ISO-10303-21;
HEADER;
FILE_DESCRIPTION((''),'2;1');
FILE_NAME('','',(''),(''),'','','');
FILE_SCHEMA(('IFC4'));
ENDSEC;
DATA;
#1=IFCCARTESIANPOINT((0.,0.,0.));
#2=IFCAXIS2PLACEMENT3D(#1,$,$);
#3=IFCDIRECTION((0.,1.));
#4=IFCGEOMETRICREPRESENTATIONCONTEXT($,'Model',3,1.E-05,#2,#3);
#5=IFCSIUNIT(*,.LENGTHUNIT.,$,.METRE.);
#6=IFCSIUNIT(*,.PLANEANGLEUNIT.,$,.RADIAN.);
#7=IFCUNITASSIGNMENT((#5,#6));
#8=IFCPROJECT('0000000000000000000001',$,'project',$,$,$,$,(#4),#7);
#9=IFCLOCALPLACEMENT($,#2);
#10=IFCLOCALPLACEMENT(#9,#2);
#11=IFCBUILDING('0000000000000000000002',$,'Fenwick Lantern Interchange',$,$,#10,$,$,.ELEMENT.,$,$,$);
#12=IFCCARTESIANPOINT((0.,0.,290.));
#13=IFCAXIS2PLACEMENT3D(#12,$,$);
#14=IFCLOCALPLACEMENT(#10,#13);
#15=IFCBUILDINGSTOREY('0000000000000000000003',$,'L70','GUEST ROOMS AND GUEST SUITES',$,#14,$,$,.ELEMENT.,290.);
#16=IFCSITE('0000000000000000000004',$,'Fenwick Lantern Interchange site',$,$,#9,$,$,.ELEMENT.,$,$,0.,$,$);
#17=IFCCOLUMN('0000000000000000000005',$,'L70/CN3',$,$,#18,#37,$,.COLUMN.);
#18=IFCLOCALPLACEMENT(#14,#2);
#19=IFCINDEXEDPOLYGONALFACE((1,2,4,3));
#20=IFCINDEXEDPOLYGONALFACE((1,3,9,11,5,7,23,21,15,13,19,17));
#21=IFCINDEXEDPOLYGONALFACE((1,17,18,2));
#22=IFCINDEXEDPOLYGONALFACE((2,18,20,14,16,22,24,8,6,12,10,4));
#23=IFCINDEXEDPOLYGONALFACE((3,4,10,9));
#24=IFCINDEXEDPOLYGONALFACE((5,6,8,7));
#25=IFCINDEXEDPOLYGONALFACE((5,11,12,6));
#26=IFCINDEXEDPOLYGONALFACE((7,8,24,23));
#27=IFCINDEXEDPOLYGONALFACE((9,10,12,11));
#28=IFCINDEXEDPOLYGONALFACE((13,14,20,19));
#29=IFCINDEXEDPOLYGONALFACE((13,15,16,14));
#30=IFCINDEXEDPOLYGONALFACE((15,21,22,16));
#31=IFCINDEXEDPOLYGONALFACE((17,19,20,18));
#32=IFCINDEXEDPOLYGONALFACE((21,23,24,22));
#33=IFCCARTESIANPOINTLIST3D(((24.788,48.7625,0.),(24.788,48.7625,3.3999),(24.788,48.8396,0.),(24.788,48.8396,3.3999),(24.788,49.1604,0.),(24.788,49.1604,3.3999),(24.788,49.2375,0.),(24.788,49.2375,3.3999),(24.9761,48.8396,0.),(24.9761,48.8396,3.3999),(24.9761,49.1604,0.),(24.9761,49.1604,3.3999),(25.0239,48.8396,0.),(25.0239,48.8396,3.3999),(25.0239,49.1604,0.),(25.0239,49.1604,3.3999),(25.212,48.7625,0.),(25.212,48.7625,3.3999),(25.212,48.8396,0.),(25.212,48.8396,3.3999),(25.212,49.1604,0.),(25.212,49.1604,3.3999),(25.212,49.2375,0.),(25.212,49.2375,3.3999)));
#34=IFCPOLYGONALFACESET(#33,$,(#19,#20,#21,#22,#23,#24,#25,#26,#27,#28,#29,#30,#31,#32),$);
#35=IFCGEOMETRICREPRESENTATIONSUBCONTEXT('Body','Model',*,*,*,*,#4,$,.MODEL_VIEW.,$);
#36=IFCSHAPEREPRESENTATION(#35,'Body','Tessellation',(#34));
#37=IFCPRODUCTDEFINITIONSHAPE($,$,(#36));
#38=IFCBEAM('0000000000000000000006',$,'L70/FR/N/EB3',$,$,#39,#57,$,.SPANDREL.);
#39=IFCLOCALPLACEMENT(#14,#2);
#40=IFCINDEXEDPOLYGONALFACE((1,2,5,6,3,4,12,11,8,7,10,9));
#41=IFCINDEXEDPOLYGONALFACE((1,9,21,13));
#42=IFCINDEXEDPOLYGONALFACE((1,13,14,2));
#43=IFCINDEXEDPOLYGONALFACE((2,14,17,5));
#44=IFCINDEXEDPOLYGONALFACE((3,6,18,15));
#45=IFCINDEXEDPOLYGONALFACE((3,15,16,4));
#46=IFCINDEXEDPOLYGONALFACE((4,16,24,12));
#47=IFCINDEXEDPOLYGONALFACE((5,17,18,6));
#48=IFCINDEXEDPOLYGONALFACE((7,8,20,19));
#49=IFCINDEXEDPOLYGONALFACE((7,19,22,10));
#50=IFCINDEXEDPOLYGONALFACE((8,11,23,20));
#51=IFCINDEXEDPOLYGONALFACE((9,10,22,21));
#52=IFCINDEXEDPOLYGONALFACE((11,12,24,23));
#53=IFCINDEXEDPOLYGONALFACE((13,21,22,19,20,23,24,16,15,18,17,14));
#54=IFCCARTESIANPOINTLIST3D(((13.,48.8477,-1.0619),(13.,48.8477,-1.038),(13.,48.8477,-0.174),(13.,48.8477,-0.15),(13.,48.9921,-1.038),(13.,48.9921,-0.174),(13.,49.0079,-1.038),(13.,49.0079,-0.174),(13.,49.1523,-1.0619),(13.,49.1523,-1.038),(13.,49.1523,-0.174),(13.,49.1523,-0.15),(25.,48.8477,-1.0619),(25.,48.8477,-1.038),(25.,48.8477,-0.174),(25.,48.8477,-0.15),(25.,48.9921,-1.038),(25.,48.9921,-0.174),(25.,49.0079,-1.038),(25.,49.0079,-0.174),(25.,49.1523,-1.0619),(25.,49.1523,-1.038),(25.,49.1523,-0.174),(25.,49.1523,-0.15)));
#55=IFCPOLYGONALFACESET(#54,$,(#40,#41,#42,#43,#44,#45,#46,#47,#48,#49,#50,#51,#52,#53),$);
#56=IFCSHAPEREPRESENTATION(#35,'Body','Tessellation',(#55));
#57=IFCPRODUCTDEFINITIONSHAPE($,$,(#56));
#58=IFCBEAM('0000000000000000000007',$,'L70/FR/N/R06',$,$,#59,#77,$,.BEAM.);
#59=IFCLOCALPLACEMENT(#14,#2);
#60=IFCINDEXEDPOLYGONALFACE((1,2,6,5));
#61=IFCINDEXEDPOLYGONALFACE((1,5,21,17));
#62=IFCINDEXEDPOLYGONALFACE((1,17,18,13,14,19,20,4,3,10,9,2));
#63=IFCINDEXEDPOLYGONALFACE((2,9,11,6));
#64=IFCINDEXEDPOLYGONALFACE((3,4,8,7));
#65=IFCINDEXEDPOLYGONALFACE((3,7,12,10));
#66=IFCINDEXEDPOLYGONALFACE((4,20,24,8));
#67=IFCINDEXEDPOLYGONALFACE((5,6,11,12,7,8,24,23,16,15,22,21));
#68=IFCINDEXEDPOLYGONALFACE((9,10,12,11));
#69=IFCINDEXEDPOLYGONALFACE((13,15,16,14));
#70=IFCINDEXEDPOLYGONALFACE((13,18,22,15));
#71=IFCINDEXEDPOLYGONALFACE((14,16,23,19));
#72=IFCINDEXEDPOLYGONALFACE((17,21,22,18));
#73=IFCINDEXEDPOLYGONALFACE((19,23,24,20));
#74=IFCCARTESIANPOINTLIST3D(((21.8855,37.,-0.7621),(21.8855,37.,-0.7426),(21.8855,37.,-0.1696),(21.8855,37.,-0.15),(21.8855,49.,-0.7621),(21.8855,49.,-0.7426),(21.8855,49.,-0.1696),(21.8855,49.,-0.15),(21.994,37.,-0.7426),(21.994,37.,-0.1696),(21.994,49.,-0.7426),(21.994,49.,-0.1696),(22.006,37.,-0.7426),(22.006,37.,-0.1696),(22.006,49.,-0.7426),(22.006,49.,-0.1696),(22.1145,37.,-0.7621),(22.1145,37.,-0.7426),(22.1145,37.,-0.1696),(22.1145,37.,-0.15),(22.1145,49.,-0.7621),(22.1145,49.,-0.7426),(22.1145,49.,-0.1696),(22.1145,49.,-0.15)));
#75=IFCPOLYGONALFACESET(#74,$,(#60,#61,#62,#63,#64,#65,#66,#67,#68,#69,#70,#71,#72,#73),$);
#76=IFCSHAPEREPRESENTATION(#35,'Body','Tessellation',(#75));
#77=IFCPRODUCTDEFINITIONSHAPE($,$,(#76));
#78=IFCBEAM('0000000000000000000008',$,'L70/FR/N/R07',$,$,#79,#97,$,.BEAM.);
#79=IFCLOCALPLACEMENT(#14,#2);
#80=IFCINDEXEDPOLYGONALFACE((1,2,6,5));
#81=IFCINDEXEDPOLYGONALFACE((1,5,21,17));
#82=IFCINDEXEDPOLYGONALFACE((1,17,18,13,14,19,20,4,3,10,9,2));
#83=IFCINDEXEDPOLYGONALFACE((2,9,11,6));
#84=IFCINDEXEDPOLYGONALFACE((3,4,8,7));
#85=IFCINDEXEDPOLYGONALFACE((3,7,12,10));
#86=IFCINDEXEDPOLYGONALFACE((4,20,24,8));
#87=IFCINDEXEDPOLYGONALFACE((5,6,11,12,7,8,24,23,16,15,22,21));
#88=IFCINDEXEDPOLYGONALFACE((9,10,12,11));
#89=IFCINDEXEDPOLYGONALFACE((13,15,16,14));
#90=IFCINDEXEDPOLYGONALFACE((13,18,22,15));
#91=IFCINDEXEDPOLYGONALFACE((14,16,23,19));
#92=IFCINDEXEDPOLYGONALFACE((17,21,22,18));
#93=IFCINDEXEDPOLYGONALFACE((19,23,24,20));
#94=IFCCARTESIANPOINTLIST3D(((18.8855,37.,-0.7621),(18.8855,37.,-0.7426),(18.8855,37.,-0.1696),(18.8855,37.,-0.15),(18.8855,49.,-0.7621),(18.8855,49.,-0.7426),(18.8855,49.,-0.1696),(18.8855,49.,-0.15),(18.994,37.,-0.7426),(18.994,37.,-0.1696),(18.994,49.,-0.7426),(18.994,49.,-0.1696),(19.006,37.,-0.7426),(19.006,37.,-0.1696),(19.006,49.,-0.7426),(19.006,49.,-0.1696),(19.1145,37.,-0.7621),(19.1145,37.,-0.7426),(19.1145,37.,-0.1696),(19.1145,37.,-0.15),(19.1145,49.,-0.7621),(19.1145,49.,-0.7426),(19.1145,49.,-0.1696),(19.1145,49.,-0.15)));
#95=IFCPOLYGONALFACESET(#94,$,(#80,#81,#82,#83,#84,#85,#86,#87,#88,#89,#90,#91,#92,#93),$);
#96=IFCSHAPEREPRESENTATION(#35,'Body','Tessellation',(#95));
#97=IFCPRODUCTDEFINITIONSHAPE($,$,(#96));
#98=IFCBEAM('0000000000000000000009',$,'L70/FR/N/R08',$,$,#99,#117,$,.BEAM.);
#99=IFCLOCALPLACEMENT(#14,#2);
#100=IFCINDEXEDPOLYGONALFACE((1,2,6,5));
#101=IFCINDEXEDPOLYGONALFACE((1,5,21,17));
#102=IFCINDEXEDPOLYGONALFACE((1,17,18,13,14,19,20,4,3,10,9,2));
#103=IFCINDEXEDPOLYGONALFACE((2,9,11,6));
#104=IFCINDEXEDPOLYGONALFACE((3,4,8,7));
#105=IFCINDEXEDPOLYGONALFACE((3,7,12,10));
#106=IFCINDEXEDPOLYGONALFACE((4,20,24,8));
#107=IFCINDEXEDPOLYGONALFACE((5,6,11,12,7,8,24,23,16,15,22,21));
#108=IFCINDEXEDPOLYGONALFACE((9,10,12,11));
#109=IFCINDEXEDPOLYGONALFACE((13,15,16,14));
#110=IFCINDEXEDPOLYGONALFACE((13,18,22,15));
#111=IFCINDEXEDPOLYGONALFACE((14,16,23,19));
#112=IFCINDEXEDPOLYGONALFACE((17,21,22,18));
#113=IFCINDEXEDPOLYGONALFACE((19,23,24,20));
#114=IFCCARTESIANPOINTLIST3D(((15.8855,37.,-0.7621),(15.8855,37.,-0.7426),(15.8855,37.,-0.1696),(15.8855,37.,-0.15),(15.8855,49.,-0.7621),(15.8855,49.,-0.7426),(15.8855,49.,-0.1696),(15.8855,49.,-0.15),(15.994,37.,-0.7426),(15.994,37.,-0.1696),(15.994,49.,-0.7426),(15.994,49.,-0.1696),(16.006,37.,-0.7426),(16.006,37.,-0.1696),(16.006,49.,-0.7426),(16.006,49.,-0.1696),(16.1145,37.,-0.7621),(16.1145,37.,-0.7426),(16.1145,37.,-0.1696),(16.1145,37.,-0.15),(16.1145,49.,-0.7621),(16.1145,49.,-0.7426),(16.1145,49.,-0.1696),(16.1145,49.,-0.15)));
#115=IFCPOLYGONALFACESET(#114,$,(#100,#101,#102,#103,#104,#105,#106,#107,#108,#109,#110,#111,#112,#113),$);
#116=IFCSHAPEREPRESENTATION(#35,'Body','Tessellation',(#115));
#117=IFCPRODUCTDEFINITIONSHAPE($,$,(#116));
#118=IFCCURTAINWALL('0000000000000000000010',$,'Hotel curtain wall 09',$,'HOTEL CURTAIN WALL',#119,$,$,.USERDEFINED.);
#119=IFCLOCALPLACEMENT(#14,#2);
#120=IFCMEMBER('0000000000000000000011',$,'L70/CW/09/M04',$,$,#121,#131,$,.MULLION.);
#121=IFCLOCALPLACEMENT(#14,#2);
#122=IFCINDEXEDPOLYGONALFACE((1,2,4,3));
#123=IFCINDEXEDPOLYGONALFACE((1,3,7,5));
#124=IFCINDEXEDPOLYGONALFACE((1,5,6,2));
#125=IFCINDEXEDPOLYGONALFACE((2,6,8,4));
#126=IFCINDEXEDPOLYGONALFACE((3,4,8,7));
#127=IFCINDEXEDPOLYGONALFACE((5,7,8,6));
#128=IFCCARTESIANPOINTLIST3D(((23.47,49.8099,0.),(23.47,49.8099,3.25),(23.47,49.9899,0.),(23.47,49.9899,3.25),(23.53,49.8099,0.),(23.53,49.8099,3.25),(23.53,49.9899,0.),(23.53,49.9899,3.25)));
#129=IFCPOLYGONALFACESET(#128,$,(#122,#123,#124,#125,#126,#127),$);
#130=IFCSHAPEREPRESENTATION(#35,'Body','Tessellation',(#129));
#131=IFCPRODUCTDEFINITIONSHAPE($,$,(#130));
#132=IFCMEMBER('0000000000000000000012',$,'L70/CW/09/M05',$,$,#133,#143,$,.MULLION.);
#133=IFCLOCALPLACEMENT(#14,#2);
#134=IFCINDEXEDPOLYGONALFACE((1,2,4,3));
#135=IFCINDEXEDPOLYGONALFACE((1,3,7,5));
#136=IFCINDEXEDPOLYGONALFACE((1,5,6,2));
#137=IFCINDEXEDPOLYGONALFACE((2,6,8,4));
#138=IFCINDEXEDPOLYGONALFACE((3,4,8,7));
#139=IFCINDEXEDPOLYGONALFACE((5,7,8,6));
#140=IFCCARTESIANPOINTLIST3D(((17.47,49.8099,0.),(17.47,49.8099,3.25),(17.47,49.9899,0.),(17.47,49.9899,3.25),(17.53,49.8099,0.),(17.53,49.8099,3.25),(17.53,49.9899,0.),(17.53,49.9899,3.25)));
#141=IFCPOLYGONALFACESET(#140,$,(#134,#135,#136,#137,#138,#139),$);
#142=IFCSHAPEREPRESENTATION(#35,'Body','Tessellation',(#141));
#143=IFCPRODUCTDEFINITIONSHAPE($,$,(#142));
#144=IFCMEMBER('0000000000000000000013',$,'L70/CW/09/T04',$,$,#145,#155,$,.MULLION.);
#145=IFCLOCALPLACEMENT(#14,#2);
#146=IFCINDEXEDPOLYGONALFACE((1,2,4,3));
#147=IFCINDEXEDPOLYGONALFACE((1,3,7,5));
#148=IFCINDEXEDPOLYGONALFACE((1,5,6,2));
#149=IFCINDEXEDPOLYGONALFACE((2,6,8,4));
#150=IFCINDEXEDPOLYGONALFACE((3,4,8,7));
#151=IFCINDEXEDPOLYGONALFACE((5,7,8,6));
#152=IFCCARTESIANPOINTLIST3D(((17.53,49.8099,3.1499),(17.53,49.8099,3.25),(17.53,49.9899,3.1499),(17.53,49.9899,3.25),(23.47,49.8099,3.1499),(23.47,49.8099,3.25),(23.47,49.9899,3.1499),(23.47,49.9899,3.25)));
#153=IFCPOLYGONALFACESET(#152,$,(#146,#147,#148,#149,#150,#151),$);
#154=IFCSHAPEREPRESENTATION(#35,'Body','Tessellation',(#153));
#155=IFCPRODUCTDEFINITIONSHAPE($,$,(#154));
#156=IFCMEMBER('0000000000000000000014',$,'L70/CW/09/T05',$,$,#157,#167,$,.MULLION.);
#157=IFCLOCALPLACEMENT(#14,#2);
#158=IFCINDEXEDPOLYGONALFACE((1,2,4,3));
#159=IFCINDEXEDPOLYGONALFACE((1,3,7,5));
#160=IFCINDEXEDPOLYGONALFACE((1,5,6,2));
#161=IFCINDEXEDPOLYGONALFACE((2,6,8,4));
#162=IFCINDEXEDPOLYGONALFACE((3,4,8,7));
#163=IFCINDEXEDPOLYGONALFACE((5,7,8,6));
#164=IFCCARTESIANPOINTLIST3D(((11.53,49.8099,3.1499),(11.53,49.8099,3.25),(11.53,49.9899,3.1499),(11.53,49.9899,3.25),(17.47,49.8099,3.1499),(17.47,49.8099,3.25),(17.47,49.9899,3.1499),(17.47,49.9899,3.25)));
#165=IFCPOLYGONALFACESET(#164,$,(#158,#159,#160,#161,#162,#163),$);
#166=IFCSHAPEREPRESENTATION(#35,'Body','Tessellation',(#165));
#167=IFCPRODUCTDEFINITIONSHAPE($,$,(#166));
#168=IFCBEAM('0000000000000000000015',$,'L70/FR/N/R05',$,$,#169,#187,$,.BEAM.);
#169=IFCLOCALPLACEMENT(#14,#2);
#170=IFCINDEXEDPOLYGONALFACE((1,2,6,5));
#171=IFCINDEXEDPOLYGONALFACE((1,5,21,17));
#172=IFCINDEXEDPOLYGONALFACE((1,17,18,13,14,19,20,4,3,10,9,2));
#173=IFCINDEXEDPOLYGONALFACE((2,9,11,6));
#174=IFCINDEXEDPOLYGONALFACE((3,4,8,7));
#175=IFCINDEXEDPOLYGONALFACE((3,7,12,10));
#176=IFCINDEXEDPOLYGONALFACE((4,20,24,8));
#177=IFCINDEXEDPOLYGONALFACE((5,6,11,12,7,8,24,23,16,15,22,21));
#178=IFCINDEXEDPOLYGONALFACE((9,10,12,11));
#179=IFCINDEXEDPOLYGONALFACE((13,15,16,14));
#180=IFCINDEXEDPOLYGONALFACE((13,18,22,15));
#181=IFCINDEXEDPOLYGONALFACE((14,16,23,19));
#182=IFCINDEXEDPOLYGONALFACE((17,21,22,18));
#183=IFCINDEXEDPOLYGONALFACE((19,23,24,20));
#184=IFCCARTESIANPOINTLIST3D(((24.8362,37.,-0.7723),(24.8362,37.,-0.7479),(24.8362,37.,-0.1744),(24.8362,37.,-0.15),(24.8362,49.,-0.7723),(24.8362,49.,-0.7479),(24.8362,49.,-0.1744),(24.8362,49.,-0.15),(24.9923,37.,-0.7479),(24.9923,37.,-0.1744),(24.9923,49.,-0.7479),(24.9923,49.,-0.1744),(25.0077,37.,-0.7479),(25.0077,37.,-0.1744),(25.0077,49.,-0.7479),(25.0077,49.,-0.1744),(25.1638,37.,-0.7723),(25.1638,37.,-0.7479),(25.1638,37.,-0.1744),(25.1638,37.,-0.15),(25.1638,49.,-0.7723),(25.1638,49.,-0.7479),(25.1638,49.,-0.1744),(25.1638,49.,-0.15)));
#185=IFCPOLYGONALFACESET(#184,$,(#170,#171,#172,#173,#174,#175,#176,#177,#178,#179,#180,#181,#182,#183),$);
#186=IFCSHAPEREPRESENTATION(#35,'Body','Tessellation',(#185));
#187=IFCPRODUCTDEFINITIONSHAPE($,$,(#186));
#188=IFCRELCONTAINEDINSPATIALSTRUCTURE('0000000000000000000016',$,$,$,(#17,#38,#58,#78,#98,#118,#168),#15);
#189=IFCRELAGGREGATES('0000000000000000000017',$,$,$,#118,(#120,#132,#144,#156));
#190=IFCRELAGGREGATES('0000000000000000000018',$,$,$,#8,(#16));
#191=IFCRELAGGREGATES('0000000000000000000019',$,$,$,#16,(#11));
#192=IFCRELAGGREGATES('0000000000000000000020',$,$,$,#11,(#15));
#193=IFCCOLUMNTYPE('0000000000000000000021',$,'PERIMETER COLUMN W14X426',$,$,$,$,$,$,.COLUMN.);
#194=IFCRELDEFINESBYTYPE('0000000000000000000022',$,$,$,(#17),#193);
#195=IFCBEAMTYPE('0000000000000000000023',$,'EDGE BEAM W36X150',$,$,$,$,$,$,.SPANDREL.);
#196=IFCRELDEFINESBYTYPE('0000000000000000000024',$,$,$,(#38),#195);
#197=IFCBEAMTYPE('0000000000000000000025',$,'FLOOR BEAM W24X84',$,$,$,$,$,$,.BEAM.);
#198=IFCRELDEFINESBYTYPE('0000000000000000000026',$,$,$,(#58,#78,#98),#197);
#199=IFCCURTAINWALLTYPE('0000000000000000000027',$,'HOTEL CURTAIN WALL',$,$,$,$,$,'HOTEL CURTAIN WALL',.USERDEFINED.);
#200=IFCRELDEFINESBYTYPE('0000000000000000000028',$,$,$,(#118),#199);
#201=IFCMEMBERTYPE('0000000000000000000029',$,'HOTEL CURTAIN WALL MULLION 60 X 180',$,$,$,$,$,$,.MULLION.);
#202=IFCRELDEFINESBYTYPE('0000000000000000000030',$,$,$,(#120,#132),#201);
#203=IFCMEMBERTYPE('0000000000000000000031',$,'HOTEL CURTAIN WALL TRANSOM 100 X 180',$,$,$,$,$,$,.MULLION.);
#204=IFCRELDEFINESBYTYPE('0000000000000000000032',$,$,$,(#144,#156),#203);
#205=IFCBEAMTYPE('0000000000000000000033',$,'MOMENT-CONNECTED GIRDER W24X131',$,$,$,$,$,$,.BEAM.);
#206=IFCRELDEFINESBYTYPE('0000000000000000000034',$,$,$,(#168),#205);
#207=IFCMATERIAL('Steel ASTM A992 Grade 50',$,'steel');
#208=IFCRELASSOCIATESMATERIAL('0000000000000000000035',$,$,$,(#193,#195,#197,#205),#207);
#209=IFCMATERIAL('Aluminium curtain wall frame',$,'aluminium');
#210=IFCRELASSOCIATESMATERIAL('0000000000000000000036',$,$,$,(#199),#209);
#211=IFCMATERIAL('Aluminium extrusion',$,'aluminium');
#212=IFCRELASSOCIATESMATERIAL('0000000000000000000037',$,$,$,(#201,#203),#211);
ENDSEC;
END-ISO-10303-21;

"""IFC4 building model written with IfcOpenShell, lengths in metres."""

from ifc_helpers import new_model, si_unit, direction, frame, origin, origin_2d, place, context, subcontext, project, spatial, rectangle, i_section, extrude, material, material_profile, profile_set, type_object, element, aggregate, save


model = new_model("IFC4")

# Units and contexts
model_context = context("Model", 3, precision=1e-05, world=origin(), true_north=direction((0.0, 1.0)))
body_context = subcontext(model_context, "Body", "Model", "MODEL_VIEW")
ifc_project = project(units=[si_unit("LENGTHUNIT", "METRE"), si_unit("PLANEANGLEUNIT", "RADIAN")], contexts=[model_context])

# Site, building, storey
site_placement = place(None, origin())
site = spatial("IfcSite", under=ifc_project, at=site_placement, Name="Fenwick Lantern Interchange site", CompositionType="ELEMENT", RefElevation=0.0)
building_placement = place(site_placement, origin())
building = spatial("IfcBuilding", under=site, at=building_placement, Name="Fenwick Lantern Interchange", CompositionType="ELEMENT")
storey_placement = place(building_placement, frame((0.0, 0.0, 290.0)))
storey = spatial("IfcBuildingStorey", under=building, at=storey_placement, Name="L70", Description="GUEST ROOMS AND GUEST SUITES", CompositionType="ELEMENT", Elevation=290.0)

# Column
ifc_material_1 = material(Name="Steel ASTM A992 Grade 50", Category="steel")
ifc_material_profile_1 = material_profile(ifc_material_1, i_section(OverallWidth=0.4241, OverallDepth=0.4751, WebThickness=0.0479, FlangeThickness=0.0771, at=origin_2d()), Name="W14X426")
ifc_profile_set_1 = profile_set([ifc_material_profile_1], Name="Steel ASTM A992 Grade 50")
column_type = type_object("IfcColumnType", Name="PERIMETER COLUMN W14X426", PredefinedType="COLUMN", material=ifc_profile_set_1)
column_placement = place(storey_placement, frame((25.0, 49.0, 0.0), z_axis=(0.0, 0.0, 1.0), x_axis=(1.0, 0.0, 0.0)))
element("IfcColumn", 1, at=column_placement, inside=storey, type_object=column_type, Name="L70/CN3", PredefinedType="COLUMN", context=body_context, shape_type="SweptSolid", body=[
    extrude(i_section(OverallWidth=0.4241, OverallDepth=0.4751, WebThickness=0.0479, FlangeThickness=0.0771, at=origin_2d()), origin(), (0.0, 0.0, 1.0), 3.3999),
])

# Beams
ifc_material_profile_2 = material_profile(ifc_material_1, i_section(OverallWidth=0.3047, OverallDepth=0.9119, WebThickness=0.0159, FlangeThickness=0.0239, at=origin_2d()), Name="W36X150")
ifc_profile_set_2 = profile_set([ifc_material_profile_2], Name="Steel ASTM A992 Grade 50")
beam_type_1 = type_object("IfcBeamType", Name="EDGE BEAM W36X150", PredefinedType="SPANDREL", material=ifc_profile_set_2)
beam_1_placement = place(storey_placement, frame((25.0, 49.0, -0.606), z_axis=(-1.0, 0.0, 0.0), x_axis=(0.0, -1.0, 0.0)))
element("IfcBeam", 2, at=beam_1_placement, inside=storey, type_object=beam_type_1, Name="L70/FR/N/EB3", PredefinedType="SPANDREL", context=body_context, shape_type="SweptSolid", body=[
    extrude(i_section(OverallWidth=0.3047, OverallDepth=0.9119, WebThickness=0.0159, FlangeThickness=0.0239, at=origin_2d()), origin(), (0.0, 0.0, 1.0), 12.0),
])
ifc_material_profile_3 = material_profile(ifc_material_1, i_section(OverallWidth=0.229, OverallDepth=0.6121, WebThickness=0.012, FlangeThickness=0.0195, at=origin_2d()), Name="W24X84")
ifc_profile_set_3 = profile_set([ifc_material_profile_3], Name="Steel ASTM A992 Grade 50")
beam_type_2 = type_object("IfcBeamType", Name="FLOOR BEAM W24X84", PredefinedType="BEAM", material=ifc_profile_set_3)
for number, where, z_axis, x_axis, name in (
    (3, (22.0, 49.0, -0.4561), (0.0, -1.0, 0.0), (1.0, 0.0, 0.0), "L70/FR/N/R06"),
    (4, (19.0, 49.0, -0.4561), (0.0, -1.0, 0.0), (1.0, 0.0, 0.0), "L70/FR/N/R07"),
    (5, (16.0, 49.0, -0.4561), (0.0, -1.0, 0.0), (1.0, 0.0, 0.0), "L70/FR/N/R08"),
):
    element("IfcBeam", number, at=place(storey_placement, frame(where, z_axis=z_axis, x_axis=x_axis)), inside=storey, type_object=beam_type_2, Name=name, PredefinedType="BEAM", context=body_context, shape_type="SweptSolid", body=[
        extrude(i_section(OverallWidth=0.229, OverallDepth=0.6121, WebThickness=0.012, FlangeThickness=0.0195, at=origin_2d()), origin(), (0.0, 0.0, 1.0), 12.0),
    ])

# Curtain wall, members
ifc_material_2 = material(Name="Aluminium curtain wall frame", Category="aluminium")
curtain_wall_type = type_object("IfcCurtainWallType", Name="HOTEL CURTAIN WALL", ElementType="HOTEL CURTAIN WALL", PredefinedType="USERDEFINED", material=ifc_material_2)
curtain_wall_placement = place(storey_placement, origin())
curtain_wall = element("IfcCurtainWall", 6, at=curtain_wall_placement, inside=storey, type_object=curtain_wall_type, Name="Hotel curtain wall 09", ObjectType="HOTEL CURTAIN WALL", PredefinedType="USERDEFINED")
ifc_material_3 = material(Name="Aluminium extrusion", Category="aluminium")
ifc_material_profile_4 = material_profile(ifc_material_3, rectangle(XDim=0.1799, YDim=0.0601, at=origin_2d()), Name="HOTEL CURTAIN WALL MULLION 60 X 180")
ifc_profile_set_4 = profile_set([ifc_material_profile_4], Name="Aluminium extrusion")
member_type_1 = type_object("IfcMemberType", Name="HOTEL CURTAIN WALL MULLION 60 X 180", PredefinedType="MULLION", material=ifc_profile_set_4)
member_1_placement = place(storey_placement, frame((23.5, 49.8999, 0.0), z_axis=(0.0, 0.0, 1.0), x_axis=(0.0, -1.0, 0.0)))
member_1 = element("IfcMember", 7, at=member_1_placement, type_object=member_type_1, Name="L70/CW/09/M04", PredefinedType="MULLION", context=body_context, shape_type="SweptSolid", body=[
    extrude(rectangle(XDim=0.1799, YDim=0.0601, at=origin_2d()), origin(), (0.0, 0.0, 1.0), 3.25),
])
member_2_placement = place(storey_placement, frame((17.5, 49.8999, 0.0), z_axis=(0.0, 0.0, 1.0), x_axis=(0.0, -1.0, 0.0)))
member_2 = element("IfcMember", 8, at=member_2_placement, type_object=member_type_1, Name="L70/CW/09/M05", PredefinedType="MULLION", context=body_context, shape_type="SweptSolid", body=[
    extrude(rectangle(XDim=0.1799, YDim=0.0601, at=origin_2d()), origin(), (0.0, 0.0, 1.0), 3.25),
])
ifc_material_profile_5 = material_profile(ifc_material_3, rectangle(XDim=0.1799, YDim=0.1001, at=origin_2d()), Name="HOTEL CURTAIN WALL TRANSOM 100 X 180")
ifc_profile_set_5 = profile_set([ifc_material_profile_5], Name="Aluminium extrusion")
member_type_2 = type_object("IfcMemberType", Name="HOTEL CURTAIN WALL TRANSOM 100 X 180", PredefinedType="MULLION", material=ifc_profile_set_5)
member_3_placement = place(storey_placement, frame((23.47, 49.8999, 3.2), z_axis=(-1.0, 0.0, 0.0), x_axis=(0.0, -1.0, 0.0)))
member_3 = element("IfcMember", 9, at=member_3_placement, type_object=member_type_2, Name="L70/CW/09/T04", PredefinedType="MULLION", context=body_context, shape_type="SweptSolid", body=[
    extrude(rectangle(XDim=0.1799, YDim=0.1001, at=origin_2d()), origin(), (0.0, 0.0, 1.0), 5.9399),
])
member_4_placement = place(storey_placement, frame((17.47, 49.8999, 3.2), z_axis=(-1.0, 0.0, 0.0), x_axis=(0.0, -1.0, 0.0)))
member_4 = element("IfcMember", 10, at=member_4_placement, type_object=member_type_2, Name="L70/CW/09/T05", PredefinedType="MULLION", context=body_context, shape_type="SweptSolid", body=[
    extrude(rectangle(XDim=0.1799, YDim=0.1001, at=origin_2d()), origin(), (0.0, 0.0, 1.0), 5.9399),
])
aggregate(curtain_wall, [member_1, member_2, member_3, member_4])

# Beam
ifc_material_profile_6 = material_profile(ifc_material_1, i_section(OverallWidth=0.3276, OverallDepth=0.6223, WebThickness=0.0154, FlangeThickness=0.0244, at=origin_2d()), Name="W24X131")
ifc_profile_set_6 = profile_set([ifc_material_profile_6], Name="Steel ASTM A992 Grade 50")
beam_type_3 = type_object("IfcBeamType", Name="MOMENT-CONNECTED GIRDER W24X131", PredefinedType="BEAM", material=ifc_profile_set_6)
beam_2_placement = place(storey_placement, frame((25.0, 49.0, -0.4612), z_axis=(0.0, -1.0, 0.0), x_axis=(1.0, 0.0, 0.0)))
element("IfcBeam", 11, at=beam_2_placement, inside=storey, type_object=beam_type_3, Name="L70/FR/N/R05", PredefinedType="BEAM", context=body_context, shape_type="SweptSolid", body=[
    extrude(i_section(OverallWidth=0.3276, OverallDepth=0.6223, WebThickness=0.0154, FlangeThickness=0.0244, at=origin_2d()), origin(), (0.0, 0.0, 1.0), 12.0),
])

save(model, "model.ifc")
